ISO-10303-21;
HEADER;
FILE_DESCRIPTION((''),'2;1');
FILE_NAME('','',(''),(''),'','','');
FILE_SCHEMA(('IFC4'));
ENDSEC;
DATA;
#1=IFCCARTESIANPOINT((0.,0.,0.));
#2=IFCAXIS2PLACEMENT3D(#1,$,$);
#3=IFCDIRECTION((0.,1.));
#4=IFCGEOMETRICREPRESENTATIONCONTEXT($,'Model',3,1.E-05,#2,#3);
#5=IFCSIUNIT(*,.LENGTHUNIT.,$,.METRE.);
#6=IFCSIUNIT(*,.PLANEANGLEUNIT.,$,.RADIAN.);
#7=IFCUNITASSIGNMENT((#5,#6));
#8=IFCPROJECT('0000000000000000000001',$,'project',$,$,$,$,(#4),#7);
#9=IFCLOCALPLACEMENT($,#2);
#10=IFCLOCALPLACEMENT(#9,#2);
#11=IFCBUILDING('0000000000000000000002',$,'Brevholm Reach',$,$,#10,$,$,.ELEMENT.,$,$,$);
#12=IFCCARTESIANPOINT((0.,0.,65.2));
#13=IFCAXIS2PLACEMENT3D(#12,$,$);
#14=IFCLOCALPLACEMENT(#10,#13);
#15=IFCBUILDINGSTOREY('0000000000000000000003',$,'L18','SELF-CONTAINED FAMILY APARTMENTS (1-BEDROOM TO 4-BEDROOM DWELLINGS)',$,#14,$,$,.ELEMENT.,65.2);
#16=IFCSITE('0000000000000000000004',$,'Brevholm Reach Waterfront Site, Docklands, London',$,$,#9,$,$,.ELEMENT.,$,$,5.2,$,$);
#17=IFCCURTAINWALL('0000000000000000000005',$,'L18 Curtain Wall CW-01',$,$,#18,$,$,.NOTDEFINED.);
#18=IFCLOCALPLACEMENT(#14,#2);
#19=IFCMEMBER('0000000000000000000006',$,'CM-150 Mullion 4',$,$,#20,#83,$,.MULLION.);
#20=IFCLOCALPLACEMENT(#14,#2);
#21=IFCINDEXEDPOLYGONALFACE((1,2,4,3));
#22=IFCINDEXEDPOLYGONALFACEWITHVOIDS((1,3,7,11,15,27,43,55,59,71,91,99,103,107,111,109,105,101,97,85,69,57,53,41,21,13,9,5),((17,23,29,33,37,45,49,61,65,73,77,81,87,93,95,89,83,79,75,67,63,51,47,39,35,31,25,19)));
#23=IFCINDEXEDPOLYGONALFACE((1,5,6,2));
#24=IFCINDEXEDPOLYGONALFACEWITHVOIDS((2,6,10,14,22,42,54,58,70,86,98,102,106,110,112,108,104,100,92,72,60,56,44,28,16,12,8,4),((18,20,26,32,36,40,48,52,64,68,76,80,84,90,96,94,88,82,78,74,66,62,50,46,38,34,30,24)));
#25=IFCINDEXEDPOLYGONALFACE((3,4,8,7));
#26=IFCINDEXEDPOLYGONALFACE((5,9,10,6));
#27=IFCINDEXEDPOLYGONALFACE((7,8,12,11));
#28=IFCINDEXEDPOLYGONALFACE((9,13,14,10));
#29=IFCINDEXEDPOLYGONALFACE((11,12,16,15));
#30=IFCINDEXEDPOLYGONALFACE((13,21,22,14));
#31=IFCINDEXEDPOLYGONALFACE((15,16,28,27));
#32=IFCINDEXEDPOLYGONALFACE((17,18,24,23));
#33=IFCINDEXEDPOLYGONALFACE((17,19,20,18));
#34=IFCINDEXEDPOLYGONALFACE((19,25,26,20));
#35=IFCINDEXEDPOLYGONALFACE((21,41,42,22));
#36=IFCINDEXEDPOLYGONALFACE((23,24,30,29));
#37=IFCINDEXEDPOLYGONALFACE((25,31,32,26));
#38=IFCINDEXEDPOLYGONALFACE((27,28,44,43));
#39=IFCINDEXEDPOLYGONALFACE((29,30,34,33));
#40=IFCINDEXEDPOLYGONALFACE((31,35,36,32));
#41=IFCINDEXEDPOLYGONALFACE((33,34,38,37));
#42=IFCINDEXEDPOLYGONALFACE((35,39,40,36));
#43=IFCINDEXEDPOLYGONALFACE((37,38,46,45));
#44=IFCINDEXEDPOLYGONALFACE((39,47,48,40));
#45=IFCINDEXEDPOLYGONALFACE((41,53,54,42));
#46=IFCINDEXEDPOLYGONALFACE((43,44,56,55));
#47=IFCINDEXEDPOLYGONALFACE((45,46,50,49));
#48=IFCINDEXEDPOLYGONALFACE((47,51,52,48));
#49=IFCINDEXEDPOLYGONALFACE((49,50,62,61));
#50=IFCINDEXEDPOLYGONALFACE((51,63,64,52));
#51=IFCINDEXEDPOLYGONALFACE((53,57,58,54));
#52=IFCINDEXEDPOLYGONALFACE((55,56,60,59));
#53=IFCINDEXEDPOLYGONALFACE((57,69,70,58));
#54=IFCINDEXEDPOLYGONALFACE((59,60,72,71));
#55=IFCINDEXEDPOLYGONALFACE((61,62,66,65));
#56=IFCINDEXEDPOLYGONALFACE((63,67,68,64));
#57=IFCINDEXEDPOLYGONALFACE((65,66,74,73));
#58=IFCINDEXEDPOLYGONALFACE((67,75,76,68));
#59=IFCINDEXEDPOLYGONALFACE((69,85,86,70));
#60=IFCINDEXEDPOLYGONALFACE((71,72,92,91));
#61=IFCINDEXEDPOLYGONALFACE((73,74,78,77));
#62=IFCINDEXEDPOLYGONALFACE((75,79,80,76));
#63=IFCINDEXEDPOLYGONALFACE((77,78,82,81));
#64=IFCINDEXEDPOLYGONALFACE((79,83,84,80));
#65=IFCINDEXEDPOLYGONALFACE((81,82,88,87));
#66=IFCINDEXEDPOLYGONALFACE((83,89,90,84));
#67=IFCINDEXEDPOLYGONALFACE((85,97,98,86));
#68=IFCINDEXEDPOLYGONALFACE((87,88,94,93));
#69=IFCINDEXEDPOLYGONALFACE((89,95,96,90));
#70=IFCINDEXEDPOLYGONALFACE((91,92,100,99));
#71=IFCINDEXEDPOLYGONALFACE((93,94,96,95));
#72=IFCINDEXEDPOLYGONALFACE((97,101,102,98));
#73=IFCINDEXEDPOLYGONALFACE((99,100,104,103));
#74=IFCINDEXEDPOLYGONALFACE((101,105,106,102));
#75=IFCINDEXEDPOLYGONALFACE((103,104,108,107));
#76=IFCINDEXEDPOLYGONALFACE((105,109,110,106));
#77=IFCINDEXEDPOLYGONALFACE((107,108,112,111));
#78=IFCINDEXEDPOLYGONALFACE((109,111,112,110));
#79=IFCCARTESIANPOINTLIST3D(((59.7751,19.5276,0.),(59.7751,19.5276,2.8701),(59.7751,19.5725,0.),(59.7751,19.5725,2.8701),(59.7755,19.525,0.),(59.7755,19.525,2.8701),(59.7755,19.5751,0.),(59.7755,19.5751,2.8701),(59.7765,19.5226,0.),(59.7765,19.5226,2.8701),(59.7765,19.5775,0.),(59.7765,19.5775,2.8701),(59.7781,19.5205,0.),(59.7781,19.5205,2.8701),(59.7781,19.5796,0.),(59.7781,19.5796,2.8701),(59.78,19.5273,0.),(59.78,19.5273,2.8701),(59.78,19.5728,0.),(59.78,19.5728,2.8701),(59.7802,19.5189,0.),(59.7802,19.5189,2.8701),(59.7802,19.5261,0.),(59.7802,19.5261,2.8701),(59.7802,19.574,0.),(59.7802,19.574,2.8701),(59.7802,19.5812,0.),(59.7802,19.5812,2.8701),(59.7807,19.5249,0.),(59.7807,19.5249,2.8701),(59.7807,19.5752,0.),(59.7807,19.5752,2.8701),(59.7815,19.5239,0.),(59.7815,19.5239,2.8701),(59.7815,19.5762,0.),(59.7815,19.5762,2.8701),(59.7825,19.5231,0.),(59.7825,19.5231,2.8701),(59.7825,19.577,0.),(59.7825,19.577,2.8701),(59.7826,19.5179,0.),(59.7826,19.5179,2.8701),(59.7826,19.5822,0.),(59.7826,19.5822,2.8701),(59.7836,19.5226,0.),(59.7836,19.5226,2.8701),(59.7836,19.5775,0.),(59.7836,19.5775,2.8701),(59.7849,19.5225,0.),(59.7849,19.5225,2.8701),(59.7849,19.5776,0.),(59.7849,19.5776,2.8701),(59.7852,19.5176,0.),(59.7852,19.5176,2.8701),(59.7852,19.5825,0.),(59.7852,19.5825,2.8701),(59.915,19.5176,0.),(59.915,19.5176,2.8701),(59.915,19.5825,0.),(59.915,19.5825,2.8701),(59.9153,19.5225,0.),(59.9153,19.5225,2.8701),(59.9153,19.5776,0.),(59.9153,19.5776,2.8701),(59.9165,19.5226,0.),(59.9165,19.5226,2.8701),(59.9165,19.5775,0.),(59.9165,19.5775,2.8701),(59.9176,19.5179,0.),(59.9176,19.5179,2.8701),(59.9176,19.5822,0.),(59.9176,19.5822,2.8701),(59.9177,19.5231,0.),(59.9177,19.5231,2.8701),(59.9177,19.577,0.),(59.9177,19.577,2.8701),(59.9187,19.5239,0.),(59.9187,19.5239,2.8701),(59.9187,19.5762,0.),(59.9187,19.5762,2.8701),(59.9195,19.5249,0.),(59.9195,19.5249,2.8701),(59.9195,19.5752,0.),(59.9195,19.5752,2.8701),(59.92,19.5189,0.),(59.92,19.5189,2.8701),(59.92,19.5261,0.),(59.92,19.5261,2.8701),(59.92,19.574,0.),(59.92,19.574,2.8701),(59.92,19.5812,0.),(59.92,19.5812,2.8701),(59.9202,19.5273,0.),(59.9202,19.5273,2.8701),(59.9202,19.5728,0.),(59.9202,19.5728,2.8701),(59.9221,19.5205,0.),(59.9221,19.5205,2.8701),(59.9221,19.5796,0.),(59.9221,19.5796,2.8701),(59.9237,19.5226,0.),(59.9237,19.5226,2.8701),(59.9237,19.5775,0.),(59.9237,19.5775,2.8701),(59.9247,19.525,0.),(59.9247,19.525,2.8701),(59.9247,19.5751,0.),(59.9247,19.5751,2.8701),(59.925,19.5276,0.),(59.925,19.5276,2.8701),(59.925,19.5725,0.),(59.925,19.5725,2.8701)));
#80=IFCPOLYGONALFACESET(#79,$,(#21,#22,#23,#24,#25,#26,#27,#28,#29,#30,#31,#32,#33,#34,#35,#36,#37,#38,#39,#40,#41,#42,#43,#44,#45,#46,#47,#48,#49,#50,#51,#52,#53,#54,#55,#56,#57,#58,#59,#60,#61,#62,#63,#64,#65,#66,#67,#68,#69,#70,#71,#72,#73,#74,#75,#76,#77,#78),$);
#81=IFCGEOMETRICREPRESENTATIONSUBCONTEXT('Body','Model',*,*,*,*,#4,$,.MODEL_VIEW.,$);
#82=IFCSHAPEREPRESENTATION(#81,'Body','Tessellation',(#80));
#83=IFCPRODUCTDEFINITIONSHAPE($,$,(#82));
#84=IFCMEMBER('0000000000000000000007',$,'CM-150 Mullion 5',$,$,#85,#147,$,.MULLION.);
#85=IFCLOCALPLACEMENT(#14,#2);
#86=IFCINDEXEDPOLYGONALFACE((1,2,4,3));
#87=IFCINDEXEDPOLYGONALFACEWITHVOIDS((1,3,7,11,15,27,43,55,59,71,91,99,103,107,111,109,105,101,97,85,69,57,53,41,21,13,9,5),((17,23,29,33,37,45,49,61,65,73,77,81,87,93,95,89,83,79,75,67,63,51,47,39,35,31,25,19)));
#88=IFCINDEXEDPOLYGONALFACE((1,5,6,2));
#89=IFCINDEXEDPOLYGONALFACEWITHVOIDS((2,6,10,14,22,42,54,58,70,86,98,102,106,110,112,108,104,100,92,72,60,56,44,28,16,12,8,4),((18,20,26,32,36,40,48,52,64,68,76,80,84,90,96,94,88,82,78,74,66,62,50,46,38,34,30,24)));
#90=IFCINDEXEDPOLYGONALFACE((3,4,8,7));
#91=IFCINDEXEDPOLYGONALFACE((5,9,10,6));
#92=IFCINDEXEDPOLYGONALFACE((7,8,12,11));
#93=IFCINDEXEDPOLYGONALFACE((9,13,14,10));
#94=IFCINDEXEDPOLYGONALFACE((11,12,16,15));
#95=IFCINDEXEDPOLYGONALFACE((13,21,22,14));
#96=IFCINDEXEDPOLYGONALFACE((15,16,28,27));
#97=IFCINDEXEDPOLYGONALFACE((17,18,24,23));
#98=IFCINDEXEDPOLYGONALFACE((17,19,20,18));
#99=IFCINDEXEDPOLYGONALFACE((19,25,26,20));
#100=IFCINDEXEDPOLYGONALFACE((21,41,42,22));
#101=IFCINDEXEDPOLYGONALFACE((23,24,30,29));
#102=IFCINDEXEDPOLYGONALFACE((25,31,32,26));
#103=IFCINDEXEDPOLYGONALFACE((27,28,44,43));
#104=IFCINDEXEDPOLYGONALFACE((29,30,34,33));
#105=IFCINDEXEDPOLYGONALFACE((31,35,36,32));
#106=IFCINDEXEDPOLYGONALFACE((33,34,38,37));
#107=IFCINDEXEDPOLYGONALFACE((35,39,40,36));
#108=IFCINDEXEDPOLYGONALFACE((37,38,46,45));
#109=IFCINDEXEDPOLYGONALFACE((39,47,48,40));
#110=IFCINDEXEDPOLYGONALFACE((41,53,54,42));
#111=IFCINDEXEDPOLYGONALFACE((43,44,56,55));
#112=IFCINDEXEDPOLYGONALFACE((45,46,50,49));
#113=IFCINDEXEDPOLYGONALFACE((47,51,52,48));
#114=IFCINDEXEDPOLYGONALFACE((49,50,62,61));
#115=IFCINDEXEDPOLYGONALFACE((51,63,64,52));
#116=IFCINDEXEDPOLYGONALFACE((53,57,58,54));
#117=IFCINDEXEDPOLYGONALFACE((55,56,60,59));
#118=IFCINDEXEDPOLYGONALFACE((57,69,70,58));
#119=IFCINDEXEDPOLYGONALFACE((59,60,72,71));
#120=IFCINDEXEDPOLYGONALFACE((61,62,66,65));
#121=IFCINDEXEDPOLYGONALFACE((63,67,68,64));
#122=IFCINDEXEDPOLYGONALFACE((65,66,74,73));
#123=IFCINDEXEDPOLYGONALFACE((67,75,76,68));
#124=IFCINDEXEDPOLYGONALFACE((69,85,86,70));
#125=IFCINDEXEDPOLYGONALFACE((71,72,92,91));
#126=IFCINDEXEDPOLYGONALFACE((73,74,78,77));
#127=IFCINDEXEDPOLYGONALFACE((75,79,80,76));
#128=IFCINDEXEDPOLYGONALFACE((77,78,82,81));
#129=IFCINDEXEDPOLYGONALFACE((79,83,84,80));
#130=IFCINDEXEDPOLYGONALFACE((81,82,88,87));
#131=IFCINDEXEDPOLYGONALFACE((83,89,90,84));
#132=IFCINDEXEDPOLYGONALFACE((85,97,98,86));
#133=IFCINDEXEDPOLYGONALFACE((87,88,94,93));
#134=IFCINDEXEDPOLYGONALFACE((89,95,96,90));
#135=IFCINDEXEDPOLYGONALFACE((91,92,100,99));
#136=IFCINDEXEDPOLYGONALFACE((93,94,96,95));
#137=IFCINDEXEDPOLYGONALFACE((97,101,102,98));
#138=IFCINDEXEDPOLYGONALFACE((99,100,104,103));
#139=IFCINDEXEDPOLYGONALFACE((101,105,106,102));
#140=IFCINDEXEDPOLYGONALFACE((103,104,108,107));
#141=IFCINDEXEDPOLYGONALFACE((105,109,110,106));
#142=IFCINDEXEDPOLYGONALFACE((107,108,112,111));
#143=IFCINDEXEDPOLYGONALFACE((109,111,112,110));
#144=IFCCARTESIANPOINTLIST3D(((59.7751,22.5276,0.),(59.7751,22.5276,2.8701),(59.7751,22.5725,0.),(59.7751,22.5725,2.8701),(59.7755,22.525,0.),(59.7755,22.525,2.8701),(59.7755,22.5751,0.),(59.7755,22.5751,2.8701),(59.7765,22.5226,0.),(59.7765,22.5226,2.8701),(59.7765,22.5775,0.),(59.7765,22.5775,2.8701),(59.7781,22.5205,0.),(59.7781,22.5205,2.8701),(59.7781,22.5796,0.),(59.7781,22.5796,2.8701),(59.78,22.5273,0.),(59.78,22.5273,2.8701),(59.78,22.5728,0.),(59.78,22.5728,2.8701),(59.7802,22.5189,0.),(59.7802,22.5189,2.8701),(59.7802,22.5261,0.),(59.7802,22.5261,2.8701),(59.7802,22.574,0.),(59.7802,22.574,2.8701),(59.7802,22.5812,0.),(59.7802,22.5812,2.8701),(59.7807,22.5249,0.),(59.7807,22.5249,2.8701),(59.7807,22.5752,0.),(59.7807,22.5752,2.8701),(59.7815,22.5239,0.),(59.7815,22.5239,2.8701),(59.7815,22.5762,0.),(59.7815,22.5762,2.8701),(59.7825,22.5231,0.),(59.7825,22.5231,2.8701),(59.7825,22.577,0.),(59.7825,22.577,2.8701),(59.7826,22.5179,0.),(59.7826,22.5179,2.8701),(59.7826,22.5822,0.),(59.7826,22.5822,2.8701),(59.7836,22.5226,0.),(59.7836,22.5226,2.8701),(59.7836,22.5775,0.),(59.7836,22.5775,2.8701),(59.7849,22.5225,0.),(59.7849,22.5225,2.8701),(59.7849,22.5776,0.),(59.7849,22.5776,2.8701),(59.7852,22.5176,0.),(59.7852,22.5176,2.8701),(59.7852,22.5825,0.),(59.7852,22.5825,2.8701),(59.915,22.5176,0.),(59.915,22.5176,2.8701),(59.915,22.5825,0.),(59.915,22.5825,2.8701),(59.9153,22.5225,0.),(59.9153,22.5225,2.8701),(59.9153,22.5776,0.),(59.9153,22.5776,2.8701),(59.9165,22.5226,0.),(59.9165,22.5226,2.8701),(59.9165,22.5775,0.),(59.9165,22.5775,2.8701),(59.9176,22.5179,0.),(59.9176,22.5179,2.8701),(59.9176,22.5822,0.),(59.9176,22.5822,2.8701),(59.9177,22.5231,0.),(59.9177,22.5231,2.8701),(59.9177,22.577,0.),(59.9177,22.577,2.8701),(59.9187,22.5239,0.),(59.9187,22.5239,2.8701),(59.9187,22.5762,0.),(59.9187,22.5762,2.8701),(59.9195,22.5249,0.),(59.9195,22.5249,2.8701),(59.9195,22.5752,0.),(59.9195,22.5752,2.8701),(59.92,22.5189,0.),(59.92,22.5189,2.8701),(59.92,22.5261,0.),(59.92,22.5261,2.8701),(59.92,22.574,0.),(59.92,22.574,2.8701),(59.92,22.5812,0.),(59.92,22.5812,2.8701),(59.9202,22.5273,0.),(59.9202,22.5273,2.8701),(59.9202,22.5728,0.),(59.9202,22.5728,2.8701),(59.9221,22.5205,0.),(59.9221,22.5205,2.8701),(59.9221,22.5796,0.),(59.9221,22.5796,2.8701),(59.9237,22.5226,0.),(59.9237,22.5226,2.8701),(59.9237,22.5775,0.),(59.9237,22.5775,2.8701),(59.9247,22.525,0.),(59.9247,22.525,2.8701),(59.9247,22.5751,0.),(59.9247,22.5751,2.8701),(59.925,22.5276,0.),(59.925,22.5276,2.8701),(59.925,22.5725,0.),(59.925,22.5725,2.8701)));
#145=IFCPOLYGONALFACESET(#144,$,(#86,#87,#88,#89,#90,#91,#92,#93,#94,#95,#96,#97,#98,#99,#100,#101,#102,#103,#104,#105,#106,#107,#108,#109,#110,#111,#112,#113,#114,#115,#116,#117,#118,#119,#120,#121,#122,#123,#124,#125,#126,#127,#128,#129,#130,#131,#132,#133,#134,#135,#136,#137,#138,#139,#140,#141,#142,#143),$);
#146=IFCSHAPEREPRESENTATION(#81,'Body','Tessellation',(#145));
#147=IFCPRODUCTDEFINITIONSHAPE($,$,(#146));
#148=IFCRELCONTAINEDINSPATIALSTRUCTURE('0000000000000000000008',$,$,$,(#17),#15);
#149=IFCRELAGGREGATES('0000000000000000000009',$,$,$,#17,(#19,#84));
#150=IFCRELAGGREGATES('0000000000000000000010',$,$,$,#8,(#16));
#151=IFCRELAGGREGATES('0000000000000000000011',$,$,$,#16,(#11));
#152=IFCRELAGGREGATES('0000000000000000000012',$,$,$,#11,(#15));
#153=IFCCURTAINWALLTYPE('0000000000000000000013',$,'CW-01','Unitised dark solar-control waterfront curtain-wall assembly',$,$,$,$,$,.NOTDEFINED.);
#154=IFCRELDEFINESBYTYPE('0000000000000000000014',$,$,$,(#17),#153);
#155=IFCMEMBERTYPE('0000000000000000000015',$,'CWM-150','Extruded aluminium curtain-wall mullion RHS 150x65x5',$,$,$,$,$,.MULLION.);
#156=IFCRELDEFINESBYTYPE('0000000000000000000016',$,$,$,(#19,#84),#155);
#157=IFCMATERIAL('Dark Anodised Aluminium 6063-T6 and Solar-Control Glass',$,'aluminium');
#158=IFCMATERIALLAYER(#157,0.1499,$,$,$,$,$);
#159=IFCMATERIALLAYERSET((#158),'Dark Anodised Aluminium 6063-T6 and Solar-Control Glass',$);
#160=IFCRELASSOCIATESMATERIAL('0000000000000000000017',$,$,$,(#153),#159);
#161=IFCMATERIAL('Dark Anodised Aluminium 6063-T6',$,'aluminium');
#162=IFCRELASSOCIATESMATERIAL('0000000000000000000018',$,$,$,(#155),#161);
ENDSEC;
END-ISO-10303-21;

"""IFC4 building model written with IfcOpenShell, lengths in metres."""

from ifc_helpers import new_model, si_unit, direction, frame, origin, origin_2d, place, context, subcontext, project, spatial, hollow_rectangle, extrude, material, layer, layer_set, material_profile, profile_set, type_object, element, aggregate, save


model = new_model("IFC4")

# Units and contexts
model_context = context("Model", 3, precision=1e-05, world=origin(), true_north=direction((0.0, 1.0)))
body_context = subcontext(model_context, "Body", "Model", "MODEL_VIEW")
ifc_project = project(units=[si_unit("LENGTHUNIT", "METRE"), si_unit("PLANEANGLEUNIT", "RADIAN")], contexts=[model_context])

# Site, building, storey
site_placement = place(None, origin())
site = spatial("IfcSite", under=ifc_project, at=site_placement, Name="Brevholm Reach Waterfront Site, Docklands, London", CompositionType="ELEMENT", RefElevation=5.2)
building_placement = place(site_placement, origin())
building = spatial("IfcBuilding", under=site, at=building_placement, Name="Brevholm Reach", CompositionType="ELEMENT")
storey_placement = place(building_placement, frame((0.0, 0.0, 65.2)))
storey = spatial("IfcBuildingStorey", under=building, at=storey_placement, Name="L18", Description="SELF-CONTAINED FAMILY APARTMENTS (1-BEDROOM TO 4-BEDROOM DWELLINGS)", CompositionType="ELEMENT", Elevation=65.2)

# Curtain wall, members
ifc_material_1 = material(Name="Dark Anodised Aluminium 6063-T6 and Solar-Control Glass", Category="aluminium")
ifc_layer_1 = layer(ifc_material_1, 0.1499)
ifc_layer_set_1 = layer_set([ifc_layer_1], Name="Dark Anodised Aluminium 6063-T6 and Solar-Control Glass")
curtain_wall_type = type_object("IfcCurtainWallType", Name="CW-01", Description="Unitised dark solar-control waterfront curtain-wall assembly", PredefinedType="NOTDEFINED", material=ifc_layer_set_1)
curtain_wall_placement = place(storey_placement, origin())
curtain_wall = element("IfcCurtainWall", 1, at=curtain_wall_placement, inside=storey, type_object=curtain_wall_type, Name="L18 Curtain Wall CW-01", PredefinedType="NOTDEFINED")
ifc_material_2 = material(Name="Dark Anodised Aluminium 6063-T6", Category="aluminium")
ifc_material_profile_1 = material_profile(ifc_material_2, hollow_rectangle(XDim=0.0649, YDim=0.1499, WallThickness=0.0049, InnerFilletRadius=0.0049, OuterFilletRadius=0.01, at=origin_2d()), Name="RHS 150x65x5")
ifc_profile_set_1 = profile_set([ifc_material_profile_1], Name="Dark Anodised Aluminium 6063-T6")
member_type_1 = type_object("IfcMemberType", Name="CWM-150", Description="Extruded aluminium curtain-wall mullion RHS 150x65x5", PredefinedType="MULLION", material=ifc_profile_set_1)
member_1_placement = place(storey_placement, frame((59.8501, 19.55, 0.0), z_axis=(0.0, 0.0, 1.0), x_axis=(0.0, 1.0, 0.0)))
member_1 = element("IfcMember", 2, at=member_1_placement, type_object=member_type_1, Name="CM-150 Mullion 4", PredefinedType="MULLION", context=body_context, shape_type="SweptSolid", body=[
    extrude(hollow_rectangle(XDim=0.0649, YDim=0.1499, WallThickness=0.0049, InnerFilletRadius=0.0049, OuterFilletRadius=0.01, at=origin_2d()), origin(), (0.0, 0.0, 1.0), 2.8701),
])
member_2_placement = place(storey_placement, frame((59.8501, 22.55, 0.0), z_axis=(0.0, 0.0, 1.0), x_axis=(0.0, 1.0, 0.0)))
member_2 = element("IfcMember", 3, at=member_2_placement, type_object=member_type_1, Name="CM-150 Mullion 5", PredefinedType="MULLION", context=body_context, shape_type="SweptSolid", body=[
    extrude(hollow_rectangle(XDim=0.0649, YDim=0.1499, WallThickness=0.0049, InnerFilletRadius=0.0049, OuterFilletRadius=0.01, at=origin_2d()), origin(), (0.0, 0.0, 1.0), 2.8701),
])
aggregate(curtain_wall, [member_1, member_2])

save(model, "model.ifc")
